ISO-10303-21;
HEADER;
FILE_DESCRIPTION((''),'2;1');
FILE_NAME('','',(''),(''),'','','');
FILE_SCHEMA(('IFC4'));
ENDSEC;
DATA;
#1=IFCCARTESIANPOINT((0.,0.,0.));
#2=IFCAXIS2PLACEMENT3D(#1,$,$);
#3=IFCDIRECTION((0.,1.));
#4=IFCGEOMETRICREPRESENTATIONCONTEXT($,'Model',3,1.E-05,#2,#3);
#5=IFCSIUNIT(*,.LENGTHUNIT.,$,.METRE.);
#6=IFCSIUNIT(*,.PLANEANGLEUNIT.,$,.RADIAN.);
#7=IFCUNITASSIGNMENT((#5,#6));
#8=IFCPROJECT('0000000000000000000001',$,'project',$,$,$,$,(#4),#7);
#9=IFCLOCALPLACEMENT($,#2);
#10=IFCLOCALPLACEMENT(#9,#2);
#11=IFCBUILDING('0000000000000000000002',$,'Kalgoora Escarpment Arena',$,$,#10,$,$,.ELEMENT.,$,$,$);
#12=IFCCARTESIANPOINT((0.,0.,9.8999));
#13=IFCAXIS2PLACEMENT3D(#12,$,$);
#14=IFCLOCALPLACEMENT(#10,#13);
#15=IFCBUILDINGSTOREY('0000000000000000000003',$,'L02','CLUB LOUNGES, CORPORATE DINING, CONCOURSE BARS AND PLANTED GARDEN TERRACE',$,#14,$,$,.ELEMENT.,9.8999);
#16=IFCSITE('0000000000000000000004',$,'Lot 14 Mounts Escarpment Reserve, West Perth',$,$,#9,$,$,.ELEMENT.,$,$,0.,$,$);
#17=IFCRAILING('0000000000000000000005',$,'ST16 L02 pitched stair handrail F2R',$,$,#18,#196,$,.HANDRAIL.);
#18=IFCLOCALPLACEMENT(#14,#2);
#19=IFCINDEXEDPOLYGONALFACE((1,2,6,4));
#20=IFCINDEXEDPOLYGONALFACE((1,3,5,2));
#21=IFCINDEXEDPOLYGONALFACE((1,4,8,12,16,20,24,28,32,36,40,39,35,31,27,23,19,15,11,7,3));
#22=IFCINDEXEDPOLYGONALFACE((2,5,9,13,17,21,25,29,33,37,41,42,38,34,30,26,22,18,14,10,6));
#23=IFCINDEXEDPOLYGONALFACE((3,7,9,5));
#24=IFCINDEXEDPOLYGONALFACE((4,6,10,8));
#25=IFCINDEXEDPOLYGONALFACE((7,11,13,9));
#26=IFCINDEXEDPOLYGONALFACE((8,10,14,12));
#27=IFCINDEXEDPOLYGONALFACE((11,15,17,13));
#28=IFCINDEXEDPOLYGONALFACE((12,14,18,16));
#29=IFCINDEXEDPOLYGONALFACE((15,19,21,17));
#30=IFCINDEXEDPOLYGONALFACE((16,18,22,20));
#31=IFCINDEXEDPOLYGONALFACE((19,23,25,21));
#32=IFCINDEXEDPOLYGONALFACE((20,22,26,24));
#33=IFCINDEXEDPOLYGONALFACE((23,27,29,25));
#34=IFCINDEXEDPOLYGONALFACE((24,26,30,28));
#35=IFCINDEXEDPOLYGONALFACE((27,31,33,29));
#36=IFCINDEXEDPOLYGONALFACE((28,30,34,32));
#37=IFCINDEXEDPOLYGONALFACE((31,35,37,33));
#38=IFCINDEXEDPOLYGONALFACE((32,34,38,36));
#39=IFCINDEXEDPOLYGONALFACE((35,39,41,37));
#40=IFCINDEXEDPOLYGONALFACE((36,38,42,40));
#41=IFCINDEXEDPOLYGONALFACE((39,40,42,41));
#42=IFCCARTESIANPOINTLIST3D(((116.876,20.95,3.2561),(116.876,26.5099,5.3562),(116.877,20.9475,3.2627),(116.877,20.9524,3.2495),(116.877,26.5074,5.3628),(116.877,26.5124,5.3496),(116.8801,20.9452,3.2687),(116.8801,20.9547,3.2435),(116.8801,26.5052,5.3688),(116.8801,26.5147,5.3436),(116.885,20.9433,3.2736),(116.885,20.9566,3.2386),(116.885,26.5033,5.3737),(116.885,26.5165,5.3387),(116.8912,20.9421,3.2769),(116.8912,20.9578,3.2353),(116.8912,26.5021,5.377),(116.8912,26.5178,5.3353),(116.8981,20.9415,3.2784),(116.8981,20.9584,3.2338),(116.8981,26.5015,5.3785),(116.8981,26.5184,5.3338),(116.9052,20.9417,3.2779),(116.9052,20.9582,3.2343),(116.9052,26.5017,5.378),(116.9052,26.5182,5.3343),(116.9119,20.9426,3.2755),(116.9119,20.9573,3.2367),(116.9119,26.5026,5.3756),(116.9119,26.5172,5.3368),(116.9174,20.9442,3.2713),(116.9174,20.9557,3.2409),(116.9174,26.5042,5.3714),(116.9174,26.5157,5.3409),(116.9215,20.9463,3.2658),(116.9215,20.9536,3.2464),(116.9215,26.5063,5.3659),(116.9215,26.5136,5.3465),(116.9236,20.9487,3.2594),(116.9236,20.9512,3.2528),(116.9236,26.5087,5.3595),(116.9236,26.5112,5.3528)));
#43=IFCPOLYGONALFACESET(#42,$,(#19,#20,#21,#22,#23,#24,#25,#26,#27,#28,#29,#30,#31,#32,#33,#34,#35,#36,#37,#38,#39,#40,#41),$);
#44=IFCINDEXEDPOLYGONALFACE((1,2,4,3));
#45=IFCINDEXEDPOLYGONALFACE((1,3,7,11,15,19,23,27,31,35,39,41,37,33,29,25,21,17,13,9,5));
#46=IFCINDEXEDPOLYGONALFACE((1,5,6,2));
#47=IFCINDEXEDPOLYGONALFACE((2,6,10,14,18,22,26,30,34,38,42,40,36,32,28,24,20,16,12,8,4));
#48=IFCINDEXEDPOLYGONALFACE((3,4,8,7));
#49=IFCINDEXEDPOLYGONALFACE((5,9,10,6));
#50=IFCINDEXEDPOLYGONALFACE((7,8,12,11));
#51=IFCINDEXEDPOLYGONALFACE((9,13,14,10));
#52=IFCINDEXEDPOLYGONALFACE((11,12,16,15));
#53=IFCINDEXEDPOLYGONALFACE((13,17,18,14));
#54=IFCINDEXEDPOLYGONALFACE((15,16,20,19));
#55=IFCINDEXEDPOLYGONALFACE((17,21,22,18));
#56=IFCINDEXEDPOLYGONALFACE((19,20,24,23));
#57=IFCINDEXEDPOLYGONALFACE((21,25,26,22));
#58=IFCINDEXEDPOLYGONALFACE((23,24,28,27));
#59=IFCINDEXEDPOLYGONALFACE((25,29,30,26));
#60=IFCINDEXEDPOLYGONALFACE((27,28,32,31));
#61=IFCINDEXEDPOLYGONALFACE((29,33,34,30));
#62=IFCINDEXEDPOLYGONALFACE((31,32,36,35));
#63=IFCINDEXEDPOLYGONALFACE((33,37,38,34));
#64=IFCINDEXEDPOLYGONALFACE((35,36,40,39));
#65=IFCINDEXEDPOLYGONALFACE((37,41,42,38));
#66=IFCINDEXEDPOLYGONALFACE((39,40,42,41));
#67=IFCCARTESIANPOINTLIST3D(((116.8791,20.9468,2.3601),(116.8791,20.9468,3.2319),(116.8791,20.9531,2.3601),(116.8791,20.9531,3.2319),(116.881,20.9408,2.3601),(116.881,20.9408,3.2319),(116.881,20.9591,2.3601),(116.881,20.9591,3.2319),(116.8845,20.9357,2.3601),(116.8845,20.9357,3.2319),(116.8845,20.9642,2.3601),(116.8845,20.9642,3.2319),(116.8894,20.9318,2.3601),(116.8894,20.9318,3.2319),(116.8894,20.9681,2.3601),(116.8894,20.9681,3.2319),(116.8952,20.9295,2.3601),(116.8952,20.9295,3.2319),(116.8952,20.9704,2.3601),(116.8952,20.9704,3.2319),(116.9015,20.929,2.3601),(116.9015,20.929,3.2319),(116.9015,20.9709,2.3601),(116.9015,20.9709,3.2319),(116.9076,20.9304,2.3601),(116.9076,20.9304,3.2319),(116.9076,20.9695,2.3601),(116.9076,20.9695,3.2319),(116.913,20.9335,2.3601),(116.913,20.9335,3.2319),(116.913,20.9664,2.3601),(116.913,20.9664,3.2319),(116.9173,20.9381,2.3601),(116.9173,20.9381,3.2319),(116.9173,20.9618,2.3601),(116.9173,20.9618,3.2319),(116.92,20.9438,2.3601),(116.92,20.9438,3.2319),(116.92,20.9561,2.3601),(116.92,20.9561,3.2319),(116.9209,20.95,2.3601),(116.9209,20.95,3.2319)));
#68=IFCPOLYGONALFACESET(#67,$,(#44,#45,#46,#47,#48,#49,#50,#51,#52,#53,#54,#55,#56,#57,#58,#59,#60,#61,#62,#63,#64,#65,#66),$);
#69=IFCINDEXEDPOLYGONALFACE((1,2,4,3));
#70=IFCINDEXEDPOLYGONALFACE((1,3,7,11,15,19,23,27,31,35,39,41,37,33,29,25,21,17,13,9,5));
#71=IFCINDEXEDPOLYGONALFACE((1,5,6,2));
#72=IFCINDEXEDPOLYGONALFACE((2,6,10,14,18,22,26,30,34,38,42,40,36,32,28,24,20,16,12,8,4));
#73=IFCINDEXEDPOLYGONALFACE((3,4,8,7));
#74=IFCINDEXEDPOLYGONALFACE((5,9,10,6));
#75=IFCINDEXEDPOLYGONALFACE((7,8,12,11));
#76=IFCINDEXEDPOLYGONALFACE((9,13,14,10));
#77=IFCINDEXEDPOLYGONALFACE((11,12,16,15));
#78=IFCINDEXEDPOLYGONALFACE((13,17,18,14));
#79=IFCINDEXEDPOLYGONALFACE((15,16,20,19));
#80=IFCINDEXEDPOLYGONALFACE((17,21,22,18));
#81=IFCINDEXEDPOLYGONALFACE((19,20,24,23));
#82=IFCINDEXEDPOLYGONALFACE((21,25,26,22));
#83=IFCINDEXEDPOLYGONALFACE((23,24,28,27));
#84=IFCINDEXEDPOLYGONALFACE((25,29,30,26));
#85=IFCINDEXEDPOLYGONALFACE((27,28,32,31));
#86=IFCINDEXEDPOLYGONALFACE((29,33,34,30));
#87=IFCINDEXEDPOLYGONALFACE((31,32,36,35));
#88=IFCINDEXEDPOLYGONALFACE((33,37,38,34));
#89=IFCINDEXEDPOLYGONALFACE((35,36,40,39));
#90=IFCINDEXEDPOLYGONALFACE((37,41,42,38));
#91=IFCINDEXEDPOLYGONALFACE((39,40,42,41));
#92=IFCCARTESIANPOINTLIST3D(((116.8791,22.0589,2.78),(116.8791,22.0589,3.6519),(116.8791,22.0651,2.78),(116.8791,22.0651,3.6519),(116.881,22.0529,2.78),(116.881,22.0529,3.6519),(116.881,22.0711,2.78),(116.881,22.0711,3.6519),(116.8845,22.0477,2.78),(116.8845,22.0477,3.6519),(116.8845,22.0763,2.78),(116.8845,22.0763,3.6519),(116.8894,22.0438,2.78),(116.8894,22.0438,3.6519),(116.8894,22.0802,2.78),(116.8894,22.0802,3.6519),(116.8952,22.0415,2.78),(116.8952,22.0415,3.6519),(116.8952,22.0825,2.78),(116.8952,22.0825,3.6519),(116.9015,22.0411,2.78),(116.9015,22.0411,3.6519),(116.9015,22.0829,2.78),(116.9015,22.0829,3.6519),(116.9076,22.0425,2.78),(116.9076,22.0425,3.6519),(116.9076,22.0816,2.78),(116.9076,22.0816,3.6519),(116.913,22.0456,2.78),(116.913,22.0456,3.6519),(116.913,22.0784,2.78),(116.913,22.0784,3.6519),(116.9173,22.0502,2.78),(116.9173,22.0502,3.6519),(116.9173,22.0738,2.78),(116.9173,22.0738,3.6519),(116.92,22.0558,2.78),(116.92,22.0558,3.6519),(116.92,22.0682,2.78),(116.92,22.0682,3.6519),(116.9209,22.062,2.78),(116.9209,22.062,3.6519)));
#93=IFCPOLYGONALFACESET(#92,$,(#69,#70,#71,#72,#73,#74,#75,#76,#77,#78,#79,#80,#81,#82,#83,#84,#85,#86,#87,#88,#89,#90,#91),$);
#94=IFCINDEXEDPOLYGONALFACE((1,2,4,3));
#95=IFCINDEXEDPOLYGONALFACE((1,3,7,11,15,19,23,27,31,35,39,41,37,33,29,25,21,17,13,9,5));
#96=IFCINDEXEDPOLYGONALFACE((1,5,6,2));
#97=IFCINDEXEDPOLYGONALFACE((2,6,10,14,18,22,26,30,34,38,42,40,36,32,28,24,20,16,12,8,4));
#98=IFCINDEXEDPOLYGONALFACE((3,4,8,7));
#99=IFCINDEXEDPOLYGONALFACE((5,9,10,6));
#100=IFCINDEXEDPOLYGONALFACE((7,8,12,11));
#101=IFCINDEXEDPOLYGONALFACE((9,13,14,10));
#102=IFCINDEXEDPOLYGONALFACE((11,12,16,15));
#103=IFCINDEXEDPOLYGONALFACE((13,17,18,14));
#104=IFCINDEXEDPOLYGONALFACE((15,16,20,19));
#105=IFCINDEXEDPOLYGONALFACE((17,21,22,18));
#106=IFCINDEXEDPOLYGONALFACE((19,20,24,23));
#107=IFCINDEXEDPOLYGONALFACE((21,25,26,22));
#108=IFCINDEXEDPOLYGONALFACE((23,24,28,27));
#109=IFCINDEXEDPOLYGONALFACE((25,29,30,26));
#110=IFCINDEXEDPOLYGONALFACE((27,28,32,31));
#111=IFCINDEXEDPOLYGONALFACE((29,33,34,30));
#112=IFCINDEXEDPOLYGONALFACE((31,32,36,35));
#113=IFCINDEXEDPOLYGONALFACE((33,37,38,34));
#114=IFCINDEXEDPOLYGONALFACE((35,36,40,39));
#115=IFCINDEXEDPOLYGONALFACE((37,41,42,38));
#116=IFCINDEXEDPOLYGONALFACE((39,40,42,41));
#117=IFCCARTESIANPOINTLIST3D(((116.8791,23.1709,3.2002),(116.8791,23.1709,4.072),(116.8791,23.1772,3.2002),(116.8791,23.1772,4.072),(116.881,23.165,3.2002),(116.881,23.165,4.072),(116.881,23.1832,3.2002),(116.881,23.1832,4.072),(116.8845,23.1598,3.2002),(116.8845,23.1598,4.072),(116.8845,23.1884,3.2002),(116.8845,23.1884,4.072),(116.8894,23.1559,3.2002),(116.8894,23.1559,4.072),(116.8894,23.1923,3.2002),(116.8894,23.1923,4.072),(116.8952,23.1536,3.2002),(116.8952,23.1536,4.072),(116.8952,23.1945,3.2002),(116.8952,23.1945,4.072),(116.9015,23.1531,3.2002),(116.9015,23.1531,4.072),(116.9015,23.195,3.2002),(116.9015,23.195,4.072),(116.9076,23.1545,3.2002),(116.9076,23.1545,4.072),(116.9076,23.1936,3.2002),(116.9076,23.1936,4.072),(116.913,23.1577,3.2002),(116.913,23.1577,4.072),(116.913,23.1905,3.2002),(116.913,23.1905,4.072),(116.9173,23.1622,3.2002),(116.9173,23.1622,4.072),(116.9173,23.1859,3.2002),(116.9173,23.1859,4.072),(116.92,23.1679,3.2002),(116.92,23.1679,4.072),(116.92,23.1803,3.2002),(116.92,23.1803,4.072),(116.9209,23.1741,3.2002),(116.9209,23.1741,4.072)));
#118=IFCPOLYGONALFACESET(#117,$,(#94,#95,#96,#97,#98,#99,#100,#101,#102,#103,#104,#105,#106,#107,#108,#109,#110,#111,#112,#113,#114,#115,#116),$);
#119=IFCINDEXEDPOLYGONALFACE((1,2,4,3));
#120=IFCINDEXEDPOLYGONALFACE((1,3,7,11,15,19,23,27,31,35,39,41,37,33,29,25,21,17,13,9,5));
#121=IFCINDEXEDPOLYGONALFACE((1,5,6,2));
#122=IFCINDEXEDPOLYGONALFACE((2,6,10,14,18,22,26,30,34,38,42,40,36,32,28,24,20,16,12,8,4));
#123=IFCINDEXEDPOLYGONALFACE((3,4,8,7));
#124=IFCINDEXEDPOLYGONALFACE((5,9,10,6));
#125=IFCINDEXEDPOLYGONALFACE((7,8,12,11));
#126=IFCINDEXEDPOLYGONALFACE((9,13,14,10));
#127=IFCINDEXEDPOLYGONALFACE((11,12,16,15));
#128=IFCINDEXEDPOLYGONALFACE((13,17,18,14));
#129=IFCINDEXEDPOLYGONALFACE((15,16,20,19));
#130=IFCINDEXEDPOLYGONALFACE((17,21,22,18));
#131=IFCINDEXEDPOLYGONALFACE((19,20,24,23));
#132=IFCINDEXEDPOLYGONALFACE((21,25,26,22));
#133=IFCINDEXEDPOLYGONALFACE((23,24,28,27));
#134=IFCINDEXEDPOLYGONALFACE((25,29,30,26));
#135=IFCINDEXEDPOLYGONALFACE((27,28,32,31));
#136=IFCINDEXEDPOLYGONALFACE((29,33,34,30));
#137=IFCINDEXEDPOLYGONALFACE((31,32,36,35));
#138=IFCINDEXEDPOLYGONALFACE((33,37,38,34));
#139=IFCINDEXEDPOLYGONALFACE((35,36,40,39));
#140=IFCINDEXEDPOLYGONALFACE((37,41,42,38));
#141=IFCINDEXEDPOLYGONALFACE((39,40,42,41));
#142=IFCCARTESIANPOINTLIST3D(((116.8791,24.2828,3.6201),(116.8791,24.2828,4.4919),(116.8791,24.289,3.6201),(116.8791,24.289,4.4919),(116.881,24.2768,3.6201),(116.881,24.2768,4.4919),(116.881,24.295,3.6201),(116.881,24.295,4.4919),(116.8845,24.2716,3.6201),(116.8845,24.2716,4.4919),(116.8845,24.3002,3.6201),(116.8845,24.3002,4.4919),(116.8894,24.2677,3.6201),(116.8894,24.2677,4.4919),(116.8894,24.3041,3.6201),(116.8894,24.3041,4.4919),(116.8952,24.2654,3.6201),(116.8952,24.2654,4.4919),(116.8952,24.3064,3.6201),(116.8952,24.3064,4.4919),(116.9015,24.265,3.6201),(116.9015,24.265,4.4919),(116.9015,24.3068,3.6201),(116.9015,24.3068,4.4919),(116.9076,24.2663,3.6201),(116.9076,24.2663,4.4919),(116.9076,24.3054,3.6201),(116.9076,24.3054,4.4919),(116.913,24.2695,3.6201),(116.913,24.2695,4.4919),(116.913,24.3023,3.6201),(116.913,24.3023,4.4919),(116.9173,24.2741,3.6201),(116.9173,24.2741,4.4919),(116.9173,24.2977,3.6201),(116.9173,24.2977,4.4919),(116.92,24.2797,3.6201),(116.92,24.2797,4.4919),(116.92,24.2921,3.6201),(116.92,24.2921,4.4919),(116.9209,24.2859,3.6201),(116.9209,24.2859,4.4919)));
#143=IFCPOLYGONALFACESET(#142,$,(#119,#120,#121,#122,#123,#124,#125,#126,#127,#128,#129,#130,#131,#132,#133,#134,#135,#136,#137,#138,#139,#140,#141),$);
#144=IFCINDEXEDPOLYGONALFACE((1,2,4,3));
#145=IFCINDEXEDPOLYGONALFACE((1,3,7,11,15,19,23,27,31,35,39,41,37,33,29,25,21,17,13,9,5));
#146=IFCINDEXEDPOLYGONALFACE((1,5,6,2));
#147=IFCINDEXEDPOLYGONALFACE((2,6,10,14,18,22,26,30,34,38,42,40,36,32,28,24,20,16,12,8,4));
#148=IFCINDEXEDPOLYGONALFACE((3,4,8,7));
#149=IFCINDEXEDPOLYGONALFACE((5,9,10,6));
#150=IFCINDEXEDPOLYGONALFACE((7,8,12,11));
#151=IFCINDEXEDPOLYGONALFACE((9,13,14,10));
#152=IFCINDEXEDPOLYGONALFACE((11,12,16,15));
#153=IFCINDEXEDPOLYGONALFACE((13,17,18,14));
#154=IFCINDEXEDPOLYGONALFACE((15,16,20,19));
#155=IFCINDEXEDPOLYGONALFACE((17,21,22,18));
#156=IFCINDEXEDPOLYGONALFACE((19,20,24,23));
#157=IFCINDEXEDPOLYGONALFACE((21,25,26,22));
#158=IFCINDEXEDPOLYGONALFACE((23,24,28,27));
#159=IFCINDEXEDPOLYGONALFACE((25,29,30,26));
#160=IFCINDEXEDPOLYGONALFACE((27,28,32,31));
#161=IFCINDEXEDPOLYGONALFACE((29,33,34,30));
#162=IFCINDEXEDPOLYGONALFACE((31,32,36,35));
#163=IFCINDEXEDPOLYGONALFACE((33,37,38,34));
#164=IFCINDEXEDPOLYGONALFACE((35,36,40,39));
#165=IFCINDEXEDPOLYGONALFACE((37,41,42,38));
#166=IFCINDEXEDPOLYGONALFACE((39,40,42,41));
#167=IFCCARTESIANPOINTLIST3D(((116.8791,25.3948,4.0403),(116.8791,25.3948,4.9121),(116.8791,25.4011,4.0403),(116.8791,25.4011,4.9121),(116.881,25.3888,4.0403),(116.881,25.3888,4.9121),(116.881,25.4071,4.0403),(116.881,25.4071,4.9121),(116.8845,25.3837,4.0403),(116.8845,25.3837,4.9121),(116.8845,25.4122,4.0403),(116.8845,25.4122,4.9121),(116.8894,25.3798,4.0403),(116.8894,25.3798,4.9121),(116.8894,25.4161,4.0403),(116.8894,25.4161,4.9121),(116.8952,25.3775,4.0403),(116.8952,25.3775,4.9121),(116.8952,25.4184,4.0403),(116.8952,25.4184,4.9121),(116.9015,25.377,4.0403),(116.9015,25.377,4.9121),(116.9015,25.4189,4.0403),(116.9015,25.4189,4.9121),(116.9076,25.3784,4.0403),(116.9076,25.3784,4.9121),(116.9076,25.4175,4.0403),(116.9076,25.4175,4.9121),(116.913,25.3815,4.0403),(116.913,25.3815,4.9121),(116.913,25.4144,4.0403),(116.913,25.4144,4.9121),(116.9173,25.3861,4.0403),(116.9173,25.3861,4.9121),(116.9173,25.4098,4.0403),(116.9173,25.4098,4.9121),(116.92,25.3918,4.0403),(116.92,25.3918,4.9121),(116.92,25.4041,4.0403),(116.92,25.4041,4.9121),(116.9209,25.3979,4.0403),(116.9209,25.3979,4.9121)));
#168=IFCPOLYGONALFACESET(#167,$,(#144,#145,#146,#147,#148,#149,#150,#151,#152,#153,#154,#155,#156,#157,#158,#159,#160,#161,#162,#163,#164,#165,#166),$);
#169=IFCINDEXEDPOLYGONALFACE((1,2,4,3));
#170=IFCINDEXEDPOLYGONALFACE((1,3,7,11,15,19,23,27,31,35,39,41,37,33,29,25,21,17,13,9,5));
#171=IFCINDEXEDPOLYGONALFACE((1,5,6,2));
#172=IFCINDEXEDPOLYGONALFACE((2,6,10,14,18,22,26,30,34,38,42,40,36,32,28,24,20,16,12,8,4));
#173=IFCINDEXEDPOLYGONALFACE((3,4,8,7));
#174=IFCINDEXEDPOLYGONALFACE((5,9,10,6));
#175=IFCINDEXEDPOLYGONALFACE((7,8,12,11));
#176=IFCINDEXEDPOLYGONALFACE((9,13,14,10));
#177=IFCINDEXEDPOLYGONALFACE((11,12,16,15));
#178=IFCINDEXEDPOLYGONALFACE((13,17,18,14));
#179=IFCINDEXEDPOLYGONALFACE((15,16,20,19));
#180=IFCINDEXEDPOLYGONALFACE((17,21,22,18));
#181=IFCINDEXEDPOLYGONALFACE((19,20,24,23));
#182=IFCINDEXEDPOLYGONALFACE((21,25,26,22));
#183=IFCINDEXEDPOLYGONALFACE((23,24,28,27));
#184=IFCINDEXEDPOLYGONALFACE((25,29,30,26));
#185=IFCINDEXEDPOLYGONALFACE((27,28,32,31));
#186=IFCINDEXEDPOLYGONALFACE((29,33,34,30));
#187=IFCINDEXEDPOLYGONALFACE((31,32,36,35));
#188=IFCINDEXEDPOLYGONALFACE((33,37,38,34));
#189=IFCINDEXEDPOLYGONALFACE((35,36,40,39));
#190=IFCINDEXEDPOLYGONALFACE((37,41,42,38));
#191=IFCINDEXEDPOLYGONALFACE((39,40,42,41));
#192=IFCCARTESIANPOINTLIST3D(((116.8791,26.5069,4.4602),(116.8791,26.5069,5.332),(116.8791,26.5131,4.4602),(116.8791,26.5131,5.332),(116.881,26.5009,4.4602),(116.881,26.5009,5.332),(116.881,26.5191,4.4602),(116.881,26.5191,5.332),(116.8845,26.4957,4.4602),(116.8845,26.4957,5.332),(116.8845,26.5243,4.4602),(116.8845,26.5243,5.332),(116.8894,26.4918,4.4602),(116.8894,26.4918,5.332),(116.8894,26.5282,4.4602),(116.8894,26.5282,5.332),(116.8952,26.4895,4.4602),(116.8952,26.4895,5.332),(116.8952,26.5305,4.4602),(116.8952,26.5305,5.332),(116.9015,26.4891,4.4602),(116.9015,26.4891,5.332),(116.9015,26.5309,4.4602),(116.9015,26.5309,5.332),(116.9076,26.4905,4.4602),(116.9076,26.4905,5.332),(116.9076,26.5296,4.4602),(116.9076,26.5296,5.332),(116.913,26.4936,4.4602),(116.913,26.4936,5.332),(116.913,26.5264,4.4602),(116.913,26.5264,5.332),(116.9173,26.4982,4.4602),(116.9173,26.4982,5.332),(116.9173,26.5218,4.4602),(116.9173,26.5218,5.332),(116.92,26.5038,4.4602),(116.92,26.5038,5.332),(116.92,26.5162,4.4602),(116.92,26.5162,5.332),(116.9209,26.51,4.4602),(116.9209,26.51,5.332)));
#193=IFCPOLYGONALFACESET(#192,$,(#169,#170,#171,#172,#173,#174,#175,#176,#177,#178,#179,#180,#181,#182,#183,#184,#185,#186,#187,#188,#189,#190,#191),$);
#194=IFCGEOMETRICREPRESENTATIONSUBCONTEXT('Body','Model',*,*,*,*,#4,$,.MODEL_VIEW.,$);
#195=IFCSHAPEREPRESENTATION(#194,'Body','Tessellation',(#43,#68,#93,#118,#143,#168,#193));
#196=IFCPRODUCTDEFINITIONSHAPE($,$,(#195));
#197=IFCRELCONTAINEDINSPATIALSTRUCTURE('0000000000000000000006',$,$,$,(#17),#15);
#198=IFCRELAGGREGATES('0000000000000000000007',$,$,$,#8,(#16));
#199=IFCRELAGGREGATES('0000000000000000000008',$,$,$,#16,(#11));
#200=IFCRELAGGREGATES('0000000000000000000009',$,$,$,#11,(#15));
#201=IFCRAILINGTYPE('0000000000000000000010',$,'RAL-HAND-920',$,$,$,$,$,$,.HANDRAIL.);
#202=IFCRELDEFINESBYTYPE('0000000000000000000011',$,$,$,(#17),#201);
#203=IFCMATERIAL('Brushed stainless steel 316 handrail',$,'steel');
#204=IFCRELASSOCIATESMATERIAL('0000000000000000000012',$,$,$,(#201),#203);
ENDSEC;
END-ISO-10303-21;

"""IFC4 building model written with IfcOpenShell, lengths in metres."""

from ifc_helpers import new_model, si_unit, direction, frame, origin, origin_2d, place, context, subcontext, project, spatial, circle, extrude, material, type_object, element, save


model = new_model("IFC4")

# Units and contexts
model_context = context("Model", 3, precision=1e-05, world=origin(), true_north=direction((0.0, 1.0)))
body_context = subcontext(model_context, "Body", "Model", "MODEL_VIEW")
ifc_project = project(units=[si_unit("LENGTHUNIT", "METRE"), si_unit("PLANEANGLEUNIT", "RADIAN")], contexts=[model_context])

# Site, building, storey
site_placement = place(None, origin())
site = spatial("IfcSite", under=ifc_project, at=site_placement, Name="Lot 14 Mounts Escarpment Reserve, West Perth", CompositionType="ELEMENT", RefElevation=0.0)
building_placement = place(site_placement, origin())
building = spatial("IfcBuilding", under=site, at=building_placement, Name="Kalgoora Escarpment Arena", CompositionType="ELEMENT")
storey_placement = place(building_placement, frame((0.0, 0.0, 9.8999)))
storey = spatial("IfcBuildingStorey", under=building, at=storey_placement, Name="L02", Description="CLUB LOUNGES, CORPORATE DINING, CONCOURSE BARS AND PLANTED GARDEN TERRACE", CompositionType="ELEMENT", Elevation=9.8999)

# Railing
ifc_material_1 = material(Name="Brushed stainless steel 316 handrail", Category="steel")
railing_type_1 = type_object("IfcRailingType", Name="RAL-HAND-920", PredefinedType="HANDRAIL", material=ifc_material_1)
railing_1_placement = place(storey_placement, frame((116.8999, 20.95, 2.3601)))
element("IfcRailing", 1, at=railing_1_placement, inside=storey, type_object=railing_type_1, Name="ST16 L02 pitched stair handrail F2R", PredefinedType="HANDRAIL", context=body_context, shape_type="SweptSolid", body=[
    extrude(circle(Radius=0.0239, at=origin_2d()), frame((0.0, 0.0, 0.896), z_axis=(0.0, 0.935493, 0.353346), x_axis=(-1.0, 0.0, 0.0)), (0.0, 0.0, 1.0), 5.9434),
    extrude(circle(Radius=0.021, at=origin_2d()), origin(), (0.0, 0.0, 1.0), 0.8718),
    extrude(circle(Radius=0.021, at=origin_2d()), frame((0.0, 1.1121, 0.4199)), (0.0, 0.0, 1.0), 0.8718),
    extrude(circle(Radius=0.021, at=origin_2d()), frame((0.0, 2.2241, 0.8401)), (0.0, 0.0, 1.0), 0.8718),
    extrude(circle(Radius=0.021, at=origin_2d()), frame((0.0, 3.3359, 1.26)), (0.0, 0.0, 1.0), 0.8718),
    extrude(circle(Radius=0.021, at=origin_2d()), frame((0.0, 4.448, 1.6802)), (0.0, 0.0, 1.0), 0.8718),
    extrude(circle(Radius=0.021, at=origin_2d()), frame((0.0, 5.5601, 2.1001)), (0.0, 0.0, 1.0), 0.8718),
])

save(model, "model.ifc")
